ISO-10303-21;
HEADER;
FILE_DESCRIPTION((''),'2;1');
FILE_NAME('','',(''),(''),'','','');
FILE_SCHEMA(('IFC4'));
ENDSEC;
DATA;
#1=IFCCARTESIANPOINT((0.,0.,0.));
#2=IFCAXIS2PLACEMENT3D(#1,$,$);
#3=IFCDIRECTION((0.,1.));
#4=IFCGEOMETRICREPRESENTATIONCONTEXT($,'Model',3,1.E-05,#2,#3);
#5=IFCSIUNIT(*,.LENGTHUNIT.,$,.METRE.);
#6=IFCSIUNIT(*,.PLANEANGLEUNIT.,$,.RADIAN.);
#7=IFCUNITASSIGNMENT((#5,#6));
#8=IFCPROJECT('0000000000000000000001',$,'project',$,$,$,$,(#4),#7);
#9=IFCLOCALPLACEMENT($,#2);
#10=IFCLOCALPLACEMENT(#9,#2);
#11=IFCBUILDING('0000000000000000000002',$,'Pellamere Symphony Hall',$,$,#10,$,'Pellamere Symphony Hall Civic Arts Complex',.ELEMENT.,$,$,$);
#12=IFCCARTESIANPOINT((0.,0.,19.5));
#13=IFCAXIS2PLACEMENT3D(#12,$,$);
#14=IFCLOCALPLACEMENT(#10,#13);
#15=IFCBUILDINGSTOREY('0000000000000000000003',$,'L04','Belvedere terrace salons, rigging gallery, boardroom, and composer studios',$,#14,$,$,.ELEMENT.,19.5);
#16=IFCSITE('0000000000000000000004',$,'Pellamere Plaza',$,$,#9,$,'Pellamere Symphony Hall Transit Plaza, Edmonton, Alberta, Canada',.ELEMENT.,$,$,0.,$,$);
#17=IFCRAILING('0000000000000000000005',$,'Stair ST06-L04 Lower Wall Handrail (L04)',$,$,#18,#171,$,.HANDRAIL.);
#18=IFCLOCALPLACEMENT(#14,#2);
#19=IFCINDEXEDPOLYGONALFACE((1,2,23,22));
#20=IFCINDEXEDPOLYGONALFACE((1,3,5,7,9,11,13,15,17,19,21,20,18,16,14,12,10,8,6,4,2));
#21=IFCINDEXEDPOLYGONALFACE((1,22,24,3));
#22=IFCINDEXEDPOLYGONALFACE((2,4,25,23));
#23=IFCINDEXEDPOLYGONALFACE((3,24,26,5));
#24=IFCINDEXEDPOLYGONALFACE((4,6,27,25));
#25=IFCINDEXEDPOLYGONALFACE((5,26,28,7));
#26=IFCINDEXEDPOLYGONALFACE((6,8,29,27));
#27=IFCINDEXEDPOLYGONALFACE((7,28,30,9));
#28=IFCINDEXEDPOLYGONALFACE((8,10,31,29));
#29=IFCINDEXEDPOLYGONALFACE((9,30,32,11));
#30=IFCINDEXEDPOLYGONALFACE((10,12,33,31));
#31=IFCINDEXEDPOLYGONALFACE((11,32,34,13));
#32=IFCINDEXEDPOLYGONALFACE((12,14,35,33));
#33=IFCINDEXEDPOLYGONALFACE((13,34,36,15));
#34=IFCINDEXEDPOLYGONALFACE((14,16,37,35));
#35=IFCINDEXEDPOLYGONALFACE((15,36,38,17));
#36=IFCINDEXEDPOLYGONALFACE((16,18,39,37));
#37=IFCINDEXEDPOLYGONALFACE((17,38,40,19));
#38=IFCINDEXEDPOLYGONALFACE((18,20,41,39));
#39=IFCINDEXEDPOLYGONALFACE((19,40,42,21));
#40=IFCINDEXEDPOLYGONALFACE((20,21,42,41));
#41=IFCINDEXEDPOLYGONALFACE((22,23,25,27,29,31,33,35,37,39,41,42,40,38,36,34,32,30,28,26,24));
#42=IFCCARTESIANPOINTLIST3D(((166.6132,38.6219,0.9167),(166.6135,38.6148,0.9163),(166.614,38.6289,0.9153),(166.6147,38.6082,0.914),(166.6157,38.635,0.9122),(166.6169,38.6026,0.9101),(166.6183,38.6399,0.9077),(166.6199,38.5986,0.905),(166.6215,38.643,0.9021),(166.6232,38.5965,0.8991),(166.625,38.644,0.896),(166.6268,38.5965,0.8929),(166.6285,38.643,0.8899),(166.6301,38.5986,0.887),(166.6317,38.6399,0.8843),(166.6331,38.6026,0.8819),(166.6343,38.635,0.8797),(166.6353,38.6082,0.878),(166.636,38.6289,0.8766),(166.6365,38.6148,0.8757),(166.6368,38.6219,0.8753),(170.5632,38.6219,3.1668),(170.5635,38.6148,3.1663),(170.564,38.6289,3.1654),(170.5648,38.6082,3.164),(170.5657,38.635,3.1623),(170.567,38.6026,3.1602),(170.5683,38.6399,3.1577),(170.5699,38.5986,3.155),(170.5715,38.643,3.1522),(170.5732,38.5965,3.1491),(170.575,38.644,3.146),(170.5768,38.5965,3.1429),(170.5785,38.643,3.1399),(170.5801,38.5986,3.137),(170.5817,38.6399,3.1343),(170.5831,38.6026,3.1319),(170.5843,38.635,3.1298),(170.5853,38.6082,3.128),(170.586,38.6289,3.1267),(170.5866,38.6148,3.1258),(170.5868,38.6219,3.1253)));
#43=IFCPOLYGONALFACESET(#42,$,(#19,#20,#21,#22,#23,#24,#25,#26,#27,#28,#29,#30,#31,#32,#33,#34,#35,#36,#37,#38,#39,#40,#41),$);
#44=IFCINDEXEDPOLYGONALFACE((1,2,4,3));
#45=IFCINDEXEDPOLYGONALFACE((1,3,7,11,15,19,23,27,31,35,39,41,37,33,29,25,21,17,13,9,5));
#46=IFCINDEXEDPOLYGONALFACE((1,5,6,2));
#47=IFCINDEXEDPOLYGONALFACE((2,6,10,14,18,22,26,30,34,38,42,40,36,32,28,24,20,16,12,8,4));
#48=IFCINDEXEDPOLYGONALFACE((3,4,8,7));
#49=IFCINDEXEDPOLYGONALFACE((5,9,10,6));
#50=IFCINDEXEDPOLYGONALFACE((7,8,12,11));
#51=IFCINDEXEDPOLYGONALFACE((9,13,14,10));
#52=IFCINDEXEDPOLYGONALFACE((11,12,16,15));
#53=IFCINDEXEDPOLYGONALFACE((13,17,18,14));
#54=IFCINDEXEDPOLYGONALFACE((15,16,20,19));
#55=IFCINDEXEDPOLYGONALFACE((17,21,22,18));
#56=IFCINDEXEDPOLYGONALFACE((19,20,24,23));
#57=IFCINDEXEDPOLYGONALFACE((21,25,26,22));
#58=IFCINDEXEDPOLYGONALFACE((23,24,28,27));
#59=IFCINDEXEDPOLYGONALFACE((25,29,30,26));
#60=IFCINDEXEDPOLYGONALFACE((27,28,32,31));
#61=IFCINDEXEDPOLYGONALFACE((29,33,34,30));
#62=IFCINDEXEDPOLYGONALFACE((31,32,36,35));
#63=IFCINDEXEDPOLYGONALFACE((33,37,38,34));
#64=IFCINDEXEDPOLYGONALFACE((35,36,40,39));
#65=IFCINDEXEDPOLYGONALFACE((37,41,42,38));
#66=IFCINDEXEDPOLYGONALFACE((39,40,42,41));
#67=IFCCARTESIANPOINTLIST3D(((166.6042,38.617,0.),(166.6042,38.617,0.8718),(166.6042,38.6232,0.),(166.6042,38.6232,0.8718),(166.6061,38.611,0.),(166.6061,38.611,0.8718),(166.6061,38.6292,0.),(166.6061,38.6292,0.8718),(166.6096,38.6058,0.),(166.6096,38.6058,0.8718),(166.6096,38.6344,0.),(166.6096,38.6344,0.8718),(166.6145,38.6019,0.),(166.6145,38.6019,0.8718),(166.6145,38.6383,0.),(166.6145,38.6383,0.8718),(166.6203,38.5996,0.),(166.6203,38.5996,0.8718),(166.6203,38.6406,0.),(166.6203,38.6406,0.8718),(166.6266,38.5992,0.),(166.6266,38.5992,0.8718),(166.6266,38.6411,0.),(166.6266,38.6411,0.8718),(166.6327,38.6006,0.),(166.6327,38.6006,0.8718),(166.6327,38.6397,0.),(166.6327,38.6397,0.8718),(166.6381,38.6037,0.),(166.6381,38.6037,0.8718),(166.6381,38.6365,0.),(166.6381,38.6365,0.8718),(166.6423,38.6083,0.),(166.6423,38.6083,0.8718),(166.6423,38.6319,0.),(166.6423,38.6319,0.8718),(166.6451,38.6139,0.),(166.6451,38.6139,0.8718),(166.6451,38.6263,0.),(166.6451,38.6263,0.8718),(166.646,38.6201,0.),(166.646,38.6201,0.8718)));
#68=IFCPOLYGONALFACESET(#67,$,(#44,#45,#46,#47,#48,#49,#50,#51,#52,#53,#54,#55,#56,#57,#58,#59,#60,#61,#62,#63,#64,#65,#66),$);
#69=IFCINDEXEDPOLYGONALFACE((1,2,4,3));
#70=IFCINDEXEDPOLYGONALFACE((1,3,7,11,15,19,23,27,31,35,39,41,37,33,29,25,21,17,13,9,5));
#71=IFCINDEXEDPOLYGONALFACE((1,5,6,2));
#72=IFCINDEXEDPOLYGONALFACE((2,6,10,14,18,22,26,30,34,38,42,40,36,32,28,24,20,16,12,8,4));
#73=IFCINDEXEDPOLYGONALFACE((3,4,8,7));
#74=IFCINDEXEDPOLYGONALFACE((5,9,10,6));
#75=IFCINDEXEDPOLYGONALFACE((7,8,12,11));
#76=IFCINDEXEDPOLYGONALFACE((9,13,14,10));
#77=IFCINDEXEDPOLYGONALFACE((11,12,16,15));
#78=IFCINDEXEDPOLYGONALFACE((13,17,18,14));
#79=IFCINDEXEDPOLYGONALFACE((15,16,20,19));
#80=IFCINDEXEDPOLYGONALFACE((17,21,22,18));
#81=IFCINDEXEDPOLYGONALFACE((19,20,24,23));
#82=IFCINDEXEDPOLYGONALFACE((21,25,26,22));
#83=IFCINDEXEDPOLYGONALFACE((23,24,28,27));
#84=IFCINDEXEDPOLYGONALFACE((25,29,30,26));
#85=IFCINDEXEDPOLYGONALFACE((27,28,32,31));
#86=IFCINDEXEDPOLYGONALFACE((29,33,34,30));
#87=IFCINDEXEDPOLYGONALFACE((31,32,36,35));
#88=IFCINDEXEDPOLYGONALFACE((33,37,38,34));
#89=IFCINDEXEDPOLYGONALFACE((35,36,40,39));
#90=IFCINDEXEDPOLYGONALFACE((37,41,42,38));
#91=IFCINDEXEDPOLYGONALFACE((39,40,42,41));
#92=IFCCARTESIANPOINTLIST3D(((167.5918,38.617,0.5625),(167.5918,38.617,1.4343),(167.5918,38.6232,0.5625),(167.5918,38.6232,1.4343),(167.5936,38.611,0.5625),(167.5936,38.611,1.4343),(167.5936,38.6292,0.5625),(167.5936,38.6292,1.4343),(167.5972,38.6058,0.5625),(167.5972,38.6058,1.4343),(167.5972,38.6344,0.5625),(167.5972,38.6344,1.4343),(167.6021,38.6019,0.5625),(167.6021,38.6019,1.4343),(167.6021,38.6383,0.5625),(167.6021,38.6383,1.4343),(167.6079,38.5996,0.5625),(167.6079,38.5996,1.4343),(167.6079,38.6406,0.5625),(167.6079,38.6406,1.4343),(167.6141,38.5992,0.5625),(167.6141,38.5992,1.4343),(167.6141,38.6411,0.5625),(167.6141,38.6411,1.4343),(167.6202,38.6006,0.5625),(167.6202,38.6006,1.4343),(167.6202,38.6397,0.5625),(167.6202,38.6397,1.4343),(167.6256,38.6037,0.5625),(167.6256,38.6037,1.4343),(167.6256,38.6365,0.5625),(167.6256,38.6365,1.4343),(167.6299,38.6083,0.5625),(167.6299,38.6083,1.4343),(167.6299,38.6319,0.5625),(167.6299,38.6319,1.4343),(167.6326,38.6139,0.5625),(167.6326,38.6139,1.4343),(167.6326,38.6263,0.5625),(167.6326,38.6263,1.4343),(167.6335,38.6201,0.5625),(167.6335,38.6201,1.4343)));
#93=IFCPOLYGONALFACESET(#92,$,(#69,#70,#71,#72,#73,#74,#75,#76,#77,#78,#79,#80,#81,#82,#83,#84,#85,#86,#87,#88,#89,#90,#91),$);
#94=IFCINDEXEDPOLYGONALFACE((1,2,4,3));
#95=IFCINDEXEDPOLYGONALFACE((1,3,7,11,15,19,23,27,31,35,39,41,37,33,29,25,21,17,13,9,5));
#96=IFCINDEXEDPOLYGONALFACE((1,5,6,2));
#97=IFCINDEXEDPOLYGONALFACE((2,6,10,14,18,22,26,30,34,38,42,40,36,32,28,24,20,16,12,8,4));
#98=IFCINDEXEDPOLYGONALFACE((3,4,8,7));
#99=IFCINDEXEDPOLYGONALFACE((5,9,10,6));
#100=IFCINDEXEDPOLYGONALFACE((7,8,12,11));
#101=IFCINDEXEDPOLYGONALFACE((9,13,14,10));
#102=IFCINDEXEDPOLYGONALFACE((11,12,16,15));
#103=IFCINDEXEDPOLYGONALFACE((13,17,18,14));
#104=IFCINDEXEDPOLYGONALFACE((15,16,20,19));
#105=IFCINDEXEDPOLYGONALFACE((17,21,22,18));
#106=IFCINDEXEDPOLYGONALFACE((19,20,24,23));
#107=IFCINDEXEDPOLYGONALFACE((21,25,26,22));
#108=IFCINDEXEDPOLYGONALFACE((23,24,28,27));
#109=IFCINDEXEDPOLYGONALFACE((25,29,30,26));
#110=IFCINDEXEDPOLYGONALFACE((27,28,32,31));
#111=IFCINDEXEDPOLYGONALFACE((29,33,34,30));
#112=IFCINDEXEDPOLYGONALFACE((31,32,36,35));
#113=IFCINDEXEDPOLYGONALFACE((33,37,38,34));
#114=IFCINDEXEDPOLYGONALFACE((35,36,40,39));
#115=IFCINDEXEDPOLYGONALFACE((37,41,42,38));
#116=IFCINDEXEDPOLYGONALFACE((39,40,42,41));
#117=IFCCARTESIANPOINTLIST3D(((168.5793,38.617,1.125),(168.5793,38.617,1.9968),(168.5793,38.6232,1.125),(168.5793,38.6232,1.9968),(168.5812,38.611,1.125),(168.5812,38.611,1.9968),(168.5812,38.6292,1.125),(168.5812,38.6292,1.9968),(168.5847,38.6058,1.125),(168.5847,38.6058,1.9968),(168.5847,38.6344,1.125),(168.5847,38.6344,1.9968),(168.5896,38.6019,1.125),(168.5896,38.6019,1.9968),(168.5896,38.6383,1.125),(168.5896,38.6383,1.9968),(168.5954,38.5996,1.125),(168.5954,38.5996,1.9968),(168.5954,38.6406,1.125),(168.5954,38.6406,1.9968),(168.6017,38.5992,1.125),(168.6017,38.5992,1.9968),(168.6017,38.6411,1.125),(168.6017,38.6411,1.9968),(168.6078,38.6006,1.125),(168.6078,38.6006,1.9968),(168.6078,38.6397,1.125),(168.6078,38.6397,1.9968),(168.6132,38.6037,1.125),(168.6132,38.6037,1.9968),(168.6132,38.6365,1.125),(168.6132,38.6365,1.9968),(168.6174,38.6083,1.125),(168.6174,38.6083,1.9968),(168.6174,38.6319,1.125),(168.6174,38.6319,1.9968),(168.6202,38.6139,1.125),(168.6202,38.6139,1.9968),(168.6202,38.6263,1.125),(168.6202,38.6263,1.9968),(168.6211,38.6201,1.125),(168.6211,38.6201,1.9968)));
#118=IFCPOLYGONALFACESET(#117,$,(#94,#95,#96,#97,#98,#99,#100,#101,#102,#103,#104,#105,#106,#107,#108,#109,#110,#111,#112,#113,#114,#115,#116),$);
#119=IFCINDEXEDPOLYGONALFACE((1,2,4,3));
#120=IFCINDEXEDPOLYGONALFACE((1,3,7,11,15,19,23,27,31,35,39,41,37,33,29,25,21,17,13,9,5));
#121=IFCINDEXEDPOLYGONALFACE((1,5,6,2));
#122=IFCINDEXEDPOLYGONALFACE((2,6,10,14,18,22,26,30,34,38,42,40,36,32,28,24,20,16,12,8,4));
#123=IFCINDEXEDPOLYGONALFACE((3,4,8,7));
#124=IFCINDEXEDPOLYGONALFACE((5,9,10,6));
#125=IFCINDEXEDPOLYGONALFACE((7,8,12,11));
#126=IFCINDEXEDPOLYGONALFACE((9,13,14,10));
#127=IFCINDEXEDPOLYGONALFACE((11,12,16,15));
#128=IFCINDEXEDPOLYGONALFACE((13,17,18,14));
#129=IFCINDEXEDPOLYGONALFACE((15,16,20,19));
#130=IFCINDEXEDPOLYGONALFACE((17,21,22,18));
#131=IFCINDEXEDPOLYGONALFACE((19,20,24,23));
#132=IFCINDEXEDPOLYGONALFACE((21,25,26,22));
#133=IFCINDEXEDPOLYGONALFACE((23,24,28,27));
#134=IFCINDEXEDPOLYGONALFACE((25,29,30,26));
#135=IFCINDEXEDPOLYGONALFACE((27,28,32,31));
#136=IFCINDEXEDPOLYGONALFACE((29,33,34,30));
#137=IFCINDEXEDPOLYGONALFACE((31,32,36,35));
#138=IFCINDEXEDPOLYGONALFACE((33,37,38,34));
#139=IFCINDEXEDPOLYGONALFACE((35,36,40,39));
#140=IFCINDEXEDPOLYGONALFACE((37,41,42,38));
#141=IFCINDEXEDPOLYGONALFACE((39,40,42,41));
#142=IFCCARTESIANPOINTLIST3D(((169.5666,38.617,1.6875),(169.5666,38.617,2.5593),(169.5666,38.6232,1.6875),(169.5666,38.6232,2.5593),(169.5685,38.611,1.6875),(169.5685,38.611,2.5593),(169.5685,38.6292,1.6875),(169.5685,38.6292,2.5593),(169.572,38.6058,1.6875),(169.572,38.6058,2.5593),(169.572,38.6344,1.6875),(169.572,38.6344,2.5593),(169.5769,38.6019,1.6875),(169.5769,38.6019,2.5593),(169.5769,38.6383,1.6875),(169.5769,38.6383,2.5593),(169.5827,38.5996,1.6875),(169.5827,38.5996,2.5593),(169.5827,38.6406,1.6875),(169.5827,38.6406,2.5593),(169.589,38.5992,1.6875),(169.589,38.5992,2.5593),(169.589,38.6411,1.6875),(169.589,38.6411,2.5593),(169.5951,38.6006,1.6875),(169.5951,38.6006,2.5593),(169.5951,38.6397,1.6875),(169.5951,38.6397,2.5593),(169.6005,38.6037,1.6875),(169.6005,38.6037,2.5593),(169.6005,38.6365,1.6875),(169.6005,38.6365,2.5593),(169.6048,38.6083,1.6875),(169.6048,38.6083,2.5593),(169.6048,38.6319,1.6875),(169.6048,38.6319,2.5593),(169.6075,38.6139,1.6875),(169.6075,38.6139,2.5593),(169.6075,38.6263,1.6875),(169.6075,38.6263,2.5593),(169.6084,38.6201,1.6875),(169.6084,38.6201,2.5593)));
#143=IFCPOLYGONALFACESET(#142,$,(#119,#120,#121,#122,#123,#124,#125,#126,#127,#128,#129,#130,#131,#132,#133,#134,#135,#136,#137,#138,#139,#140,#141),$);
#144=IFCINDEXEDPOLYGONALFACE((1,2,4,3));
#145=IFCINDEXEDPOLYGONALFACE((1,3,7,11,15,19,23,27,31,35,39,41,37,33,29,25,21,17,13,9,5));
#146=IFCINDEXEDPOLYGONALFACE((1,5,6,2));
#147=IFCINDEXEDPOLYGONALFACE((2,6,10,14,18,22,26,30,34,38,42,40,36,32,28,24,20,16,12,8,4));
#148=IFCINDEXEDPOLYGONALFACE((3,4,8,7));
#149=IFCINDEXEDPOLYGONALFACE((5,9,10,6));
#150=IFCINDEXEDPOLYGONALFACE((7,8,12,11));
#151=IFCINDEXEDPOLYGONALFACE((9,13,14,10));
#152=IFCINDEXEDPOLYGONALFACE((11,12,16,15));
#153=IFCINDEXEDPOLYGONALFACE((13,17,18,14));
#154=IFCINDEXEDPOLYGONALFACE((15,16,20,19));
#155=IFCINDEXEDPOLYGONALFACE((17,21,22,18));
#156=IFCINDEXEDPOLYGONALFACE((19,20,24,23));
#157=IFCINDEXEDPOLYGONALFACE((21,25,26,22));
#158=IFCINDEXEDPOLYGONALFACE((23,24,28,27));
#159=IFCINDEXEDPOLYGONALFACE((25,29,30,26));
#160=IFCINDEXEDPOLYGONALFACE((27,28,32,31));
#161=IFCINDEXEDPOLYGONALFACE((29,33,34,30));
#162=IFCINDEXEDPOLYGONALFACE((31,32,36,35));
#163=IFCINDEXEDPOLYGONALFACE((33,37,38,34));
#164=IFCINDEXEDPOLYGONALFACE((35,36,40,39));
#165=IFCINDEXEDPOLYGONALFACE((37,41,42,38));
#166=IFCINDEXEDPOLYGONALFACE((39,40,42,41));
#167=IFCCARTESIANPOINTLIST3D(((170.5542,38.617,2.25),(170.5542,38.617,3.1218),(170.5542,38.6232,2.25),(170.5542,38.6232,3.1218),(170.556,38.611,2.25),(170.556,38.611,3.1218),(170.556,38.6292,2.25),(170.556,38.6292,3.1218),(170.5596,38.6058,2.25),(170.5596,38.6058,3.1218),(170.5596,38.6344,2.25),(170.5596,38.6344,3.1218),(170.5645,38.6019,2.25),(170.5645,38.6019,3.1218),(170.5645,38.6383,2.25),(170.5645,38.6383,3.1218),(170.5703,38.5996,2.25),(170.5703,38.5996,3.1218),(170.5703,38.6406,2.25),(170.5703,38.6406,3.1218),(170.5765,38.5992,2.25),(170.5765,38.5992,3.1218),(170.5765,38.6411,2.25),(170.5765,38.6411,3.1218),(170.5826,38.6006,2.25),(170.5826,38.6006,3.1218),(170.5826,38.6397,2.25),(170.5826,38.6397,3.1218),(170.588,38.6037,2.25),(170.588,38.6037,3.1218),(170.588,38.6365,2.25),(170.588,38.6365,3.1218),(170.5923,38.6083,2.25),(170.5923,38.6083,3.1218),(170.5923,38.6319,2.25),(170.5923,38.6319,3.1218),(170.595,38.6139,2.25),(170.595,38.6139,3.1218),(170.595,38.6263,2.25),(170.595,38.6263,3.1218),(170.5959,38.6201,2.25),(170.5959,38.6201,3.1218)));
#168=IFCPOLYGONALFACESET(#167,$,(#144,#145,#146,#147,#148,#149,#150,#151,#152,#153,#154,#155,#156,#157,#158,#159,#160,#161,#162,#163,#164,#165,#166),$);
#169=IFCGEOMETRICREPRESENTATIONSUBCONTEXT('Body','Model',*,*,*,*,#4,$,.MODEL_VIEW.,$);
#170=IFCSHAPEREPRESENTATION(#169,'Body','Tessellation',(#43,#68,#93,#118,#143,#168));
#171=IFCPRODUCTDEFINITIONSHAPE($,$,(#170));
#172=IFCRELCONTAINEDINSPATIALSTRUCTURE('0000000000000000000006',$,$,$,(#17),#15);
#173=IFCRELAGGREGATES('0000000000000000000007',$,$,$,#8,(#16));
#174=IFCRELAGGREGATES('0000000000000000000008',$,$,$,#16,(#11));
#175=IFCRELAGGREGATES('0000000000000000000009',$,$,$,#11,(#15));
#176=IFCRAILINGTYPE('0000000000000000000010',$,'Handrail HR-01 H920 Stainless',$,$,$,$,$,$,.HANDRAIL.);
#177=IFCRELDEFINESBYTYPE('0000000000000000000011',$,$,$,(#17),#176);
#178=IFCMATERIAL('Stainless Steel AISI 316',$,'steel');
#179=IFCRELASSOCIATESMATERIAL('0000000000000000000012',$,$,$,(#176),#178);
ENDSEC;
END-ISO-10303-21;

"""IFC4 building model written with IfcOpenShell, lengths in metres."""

from ifc_helpers import new_model, si_unit, direction, frame, origin, origin_2d, place, context, subcontext, project, spatial, circle, extrude, material, type_object, element, save


model = new_model("IFC4")

# Units and contexts
model_context = context("Model", 3, precision=1e-05, world=origin(), true_north=direction((0.0, 1.0)))
body_context = subcontext(model_context, "Body", "Model", "MODEL_VIEW")
ifc_project = project(units=[si_unit("LENGTHUNIT", "METRE"), si_unit("PLANEANGLEUNIT", "RADIAN")], contexts=[model_context])

# Site, building, storey
site_placement = place(None, origin())
site = spatial("IfcSite", under=ifc_project, at=site_placement, Name="Pellamere Plaza", LongName="Pellamere Symphony Hall Transit Plaza, Edmonton, Alberta, Canada", CompositionType="ELEMENT", RefElevation=0.0)
building_placement = place(site_placement, origin())
building = spatial("IfcBuilding", under=site, at=building_placement, Name="Pellamere Symphony Hall", LongName="Pellamere Symphony Hall Civic Arts Complex", CompositionType="ELEMENT")
storey_placement = place(building_placement, frame((0.0, 0.0, 19.5)))
storey = spatial("IfcBuildingStorey", under=building, at=storey_placement, Name="L04", Description="Belvedere terrace salons, rigging gallery, boardroom, and composer studios", CompositionType="ELEMENT", Elevation=19.5)

# Railing
ifc_material_1 = material(Name="Stainless Steel AISI 316", Category="steel")
railing_type_1 = type_object("IfcRailingType", Name="Handrail HR-01 H920 Stainless", PredefinedType="HANDRAIL", material=ifc_material_1)
railing_1_placement = place(storey_placement, frame((166.625, 38.6201, 0.0)))
element("IfcRailing", 1, at=railing_1_placement, inside=storey, type_object=railing_type_1, Name="Stair ST06-L04 Lower Wall Handrail (L04)", PredefinedType="HANDRAIL", context=body_context, shape_type="SweptSolid", body=[
    extrude(circle(Radius=0.0239, at=origin_2d()), frame((0.0, 0.0, 0.896), z_axis=(0.868917, 0.0, 0.494959), x_axis=(0.0, 1.0, 0.0)), (0.0, 0.0, 1.0), 4.5459),
    extrude(circle(Radius=0.021, at=origin_2d()), origin(), (0.0, 0.0, 1.0), 0.8718),
    extrude(circle(Radius=0.021, at=origin_2d()), frame((0.9875, 0.0, 0.5625)), (0.0, 0.0, 1.0), 0.8718),
    extrude(circle(Radius=0.021, at=origin_2d()), frame((1.9751, 0.0, 1.125)), (0.0, 0.0, 1.0), 0.8718),
    extrude(circle(Radius=0.021, at=origin_2d()), frame((2.9624, 0.0, 1.6875)), (0.0, 0.0, 1.0), 0.8718),
    extrude(circle(Radius=0.021, at=origin_2d()), frame((3.95, 0.0, 2.25)), (0.0, 0.0, 1.0), 0.8718),
])

save(model, "model.ifc")
